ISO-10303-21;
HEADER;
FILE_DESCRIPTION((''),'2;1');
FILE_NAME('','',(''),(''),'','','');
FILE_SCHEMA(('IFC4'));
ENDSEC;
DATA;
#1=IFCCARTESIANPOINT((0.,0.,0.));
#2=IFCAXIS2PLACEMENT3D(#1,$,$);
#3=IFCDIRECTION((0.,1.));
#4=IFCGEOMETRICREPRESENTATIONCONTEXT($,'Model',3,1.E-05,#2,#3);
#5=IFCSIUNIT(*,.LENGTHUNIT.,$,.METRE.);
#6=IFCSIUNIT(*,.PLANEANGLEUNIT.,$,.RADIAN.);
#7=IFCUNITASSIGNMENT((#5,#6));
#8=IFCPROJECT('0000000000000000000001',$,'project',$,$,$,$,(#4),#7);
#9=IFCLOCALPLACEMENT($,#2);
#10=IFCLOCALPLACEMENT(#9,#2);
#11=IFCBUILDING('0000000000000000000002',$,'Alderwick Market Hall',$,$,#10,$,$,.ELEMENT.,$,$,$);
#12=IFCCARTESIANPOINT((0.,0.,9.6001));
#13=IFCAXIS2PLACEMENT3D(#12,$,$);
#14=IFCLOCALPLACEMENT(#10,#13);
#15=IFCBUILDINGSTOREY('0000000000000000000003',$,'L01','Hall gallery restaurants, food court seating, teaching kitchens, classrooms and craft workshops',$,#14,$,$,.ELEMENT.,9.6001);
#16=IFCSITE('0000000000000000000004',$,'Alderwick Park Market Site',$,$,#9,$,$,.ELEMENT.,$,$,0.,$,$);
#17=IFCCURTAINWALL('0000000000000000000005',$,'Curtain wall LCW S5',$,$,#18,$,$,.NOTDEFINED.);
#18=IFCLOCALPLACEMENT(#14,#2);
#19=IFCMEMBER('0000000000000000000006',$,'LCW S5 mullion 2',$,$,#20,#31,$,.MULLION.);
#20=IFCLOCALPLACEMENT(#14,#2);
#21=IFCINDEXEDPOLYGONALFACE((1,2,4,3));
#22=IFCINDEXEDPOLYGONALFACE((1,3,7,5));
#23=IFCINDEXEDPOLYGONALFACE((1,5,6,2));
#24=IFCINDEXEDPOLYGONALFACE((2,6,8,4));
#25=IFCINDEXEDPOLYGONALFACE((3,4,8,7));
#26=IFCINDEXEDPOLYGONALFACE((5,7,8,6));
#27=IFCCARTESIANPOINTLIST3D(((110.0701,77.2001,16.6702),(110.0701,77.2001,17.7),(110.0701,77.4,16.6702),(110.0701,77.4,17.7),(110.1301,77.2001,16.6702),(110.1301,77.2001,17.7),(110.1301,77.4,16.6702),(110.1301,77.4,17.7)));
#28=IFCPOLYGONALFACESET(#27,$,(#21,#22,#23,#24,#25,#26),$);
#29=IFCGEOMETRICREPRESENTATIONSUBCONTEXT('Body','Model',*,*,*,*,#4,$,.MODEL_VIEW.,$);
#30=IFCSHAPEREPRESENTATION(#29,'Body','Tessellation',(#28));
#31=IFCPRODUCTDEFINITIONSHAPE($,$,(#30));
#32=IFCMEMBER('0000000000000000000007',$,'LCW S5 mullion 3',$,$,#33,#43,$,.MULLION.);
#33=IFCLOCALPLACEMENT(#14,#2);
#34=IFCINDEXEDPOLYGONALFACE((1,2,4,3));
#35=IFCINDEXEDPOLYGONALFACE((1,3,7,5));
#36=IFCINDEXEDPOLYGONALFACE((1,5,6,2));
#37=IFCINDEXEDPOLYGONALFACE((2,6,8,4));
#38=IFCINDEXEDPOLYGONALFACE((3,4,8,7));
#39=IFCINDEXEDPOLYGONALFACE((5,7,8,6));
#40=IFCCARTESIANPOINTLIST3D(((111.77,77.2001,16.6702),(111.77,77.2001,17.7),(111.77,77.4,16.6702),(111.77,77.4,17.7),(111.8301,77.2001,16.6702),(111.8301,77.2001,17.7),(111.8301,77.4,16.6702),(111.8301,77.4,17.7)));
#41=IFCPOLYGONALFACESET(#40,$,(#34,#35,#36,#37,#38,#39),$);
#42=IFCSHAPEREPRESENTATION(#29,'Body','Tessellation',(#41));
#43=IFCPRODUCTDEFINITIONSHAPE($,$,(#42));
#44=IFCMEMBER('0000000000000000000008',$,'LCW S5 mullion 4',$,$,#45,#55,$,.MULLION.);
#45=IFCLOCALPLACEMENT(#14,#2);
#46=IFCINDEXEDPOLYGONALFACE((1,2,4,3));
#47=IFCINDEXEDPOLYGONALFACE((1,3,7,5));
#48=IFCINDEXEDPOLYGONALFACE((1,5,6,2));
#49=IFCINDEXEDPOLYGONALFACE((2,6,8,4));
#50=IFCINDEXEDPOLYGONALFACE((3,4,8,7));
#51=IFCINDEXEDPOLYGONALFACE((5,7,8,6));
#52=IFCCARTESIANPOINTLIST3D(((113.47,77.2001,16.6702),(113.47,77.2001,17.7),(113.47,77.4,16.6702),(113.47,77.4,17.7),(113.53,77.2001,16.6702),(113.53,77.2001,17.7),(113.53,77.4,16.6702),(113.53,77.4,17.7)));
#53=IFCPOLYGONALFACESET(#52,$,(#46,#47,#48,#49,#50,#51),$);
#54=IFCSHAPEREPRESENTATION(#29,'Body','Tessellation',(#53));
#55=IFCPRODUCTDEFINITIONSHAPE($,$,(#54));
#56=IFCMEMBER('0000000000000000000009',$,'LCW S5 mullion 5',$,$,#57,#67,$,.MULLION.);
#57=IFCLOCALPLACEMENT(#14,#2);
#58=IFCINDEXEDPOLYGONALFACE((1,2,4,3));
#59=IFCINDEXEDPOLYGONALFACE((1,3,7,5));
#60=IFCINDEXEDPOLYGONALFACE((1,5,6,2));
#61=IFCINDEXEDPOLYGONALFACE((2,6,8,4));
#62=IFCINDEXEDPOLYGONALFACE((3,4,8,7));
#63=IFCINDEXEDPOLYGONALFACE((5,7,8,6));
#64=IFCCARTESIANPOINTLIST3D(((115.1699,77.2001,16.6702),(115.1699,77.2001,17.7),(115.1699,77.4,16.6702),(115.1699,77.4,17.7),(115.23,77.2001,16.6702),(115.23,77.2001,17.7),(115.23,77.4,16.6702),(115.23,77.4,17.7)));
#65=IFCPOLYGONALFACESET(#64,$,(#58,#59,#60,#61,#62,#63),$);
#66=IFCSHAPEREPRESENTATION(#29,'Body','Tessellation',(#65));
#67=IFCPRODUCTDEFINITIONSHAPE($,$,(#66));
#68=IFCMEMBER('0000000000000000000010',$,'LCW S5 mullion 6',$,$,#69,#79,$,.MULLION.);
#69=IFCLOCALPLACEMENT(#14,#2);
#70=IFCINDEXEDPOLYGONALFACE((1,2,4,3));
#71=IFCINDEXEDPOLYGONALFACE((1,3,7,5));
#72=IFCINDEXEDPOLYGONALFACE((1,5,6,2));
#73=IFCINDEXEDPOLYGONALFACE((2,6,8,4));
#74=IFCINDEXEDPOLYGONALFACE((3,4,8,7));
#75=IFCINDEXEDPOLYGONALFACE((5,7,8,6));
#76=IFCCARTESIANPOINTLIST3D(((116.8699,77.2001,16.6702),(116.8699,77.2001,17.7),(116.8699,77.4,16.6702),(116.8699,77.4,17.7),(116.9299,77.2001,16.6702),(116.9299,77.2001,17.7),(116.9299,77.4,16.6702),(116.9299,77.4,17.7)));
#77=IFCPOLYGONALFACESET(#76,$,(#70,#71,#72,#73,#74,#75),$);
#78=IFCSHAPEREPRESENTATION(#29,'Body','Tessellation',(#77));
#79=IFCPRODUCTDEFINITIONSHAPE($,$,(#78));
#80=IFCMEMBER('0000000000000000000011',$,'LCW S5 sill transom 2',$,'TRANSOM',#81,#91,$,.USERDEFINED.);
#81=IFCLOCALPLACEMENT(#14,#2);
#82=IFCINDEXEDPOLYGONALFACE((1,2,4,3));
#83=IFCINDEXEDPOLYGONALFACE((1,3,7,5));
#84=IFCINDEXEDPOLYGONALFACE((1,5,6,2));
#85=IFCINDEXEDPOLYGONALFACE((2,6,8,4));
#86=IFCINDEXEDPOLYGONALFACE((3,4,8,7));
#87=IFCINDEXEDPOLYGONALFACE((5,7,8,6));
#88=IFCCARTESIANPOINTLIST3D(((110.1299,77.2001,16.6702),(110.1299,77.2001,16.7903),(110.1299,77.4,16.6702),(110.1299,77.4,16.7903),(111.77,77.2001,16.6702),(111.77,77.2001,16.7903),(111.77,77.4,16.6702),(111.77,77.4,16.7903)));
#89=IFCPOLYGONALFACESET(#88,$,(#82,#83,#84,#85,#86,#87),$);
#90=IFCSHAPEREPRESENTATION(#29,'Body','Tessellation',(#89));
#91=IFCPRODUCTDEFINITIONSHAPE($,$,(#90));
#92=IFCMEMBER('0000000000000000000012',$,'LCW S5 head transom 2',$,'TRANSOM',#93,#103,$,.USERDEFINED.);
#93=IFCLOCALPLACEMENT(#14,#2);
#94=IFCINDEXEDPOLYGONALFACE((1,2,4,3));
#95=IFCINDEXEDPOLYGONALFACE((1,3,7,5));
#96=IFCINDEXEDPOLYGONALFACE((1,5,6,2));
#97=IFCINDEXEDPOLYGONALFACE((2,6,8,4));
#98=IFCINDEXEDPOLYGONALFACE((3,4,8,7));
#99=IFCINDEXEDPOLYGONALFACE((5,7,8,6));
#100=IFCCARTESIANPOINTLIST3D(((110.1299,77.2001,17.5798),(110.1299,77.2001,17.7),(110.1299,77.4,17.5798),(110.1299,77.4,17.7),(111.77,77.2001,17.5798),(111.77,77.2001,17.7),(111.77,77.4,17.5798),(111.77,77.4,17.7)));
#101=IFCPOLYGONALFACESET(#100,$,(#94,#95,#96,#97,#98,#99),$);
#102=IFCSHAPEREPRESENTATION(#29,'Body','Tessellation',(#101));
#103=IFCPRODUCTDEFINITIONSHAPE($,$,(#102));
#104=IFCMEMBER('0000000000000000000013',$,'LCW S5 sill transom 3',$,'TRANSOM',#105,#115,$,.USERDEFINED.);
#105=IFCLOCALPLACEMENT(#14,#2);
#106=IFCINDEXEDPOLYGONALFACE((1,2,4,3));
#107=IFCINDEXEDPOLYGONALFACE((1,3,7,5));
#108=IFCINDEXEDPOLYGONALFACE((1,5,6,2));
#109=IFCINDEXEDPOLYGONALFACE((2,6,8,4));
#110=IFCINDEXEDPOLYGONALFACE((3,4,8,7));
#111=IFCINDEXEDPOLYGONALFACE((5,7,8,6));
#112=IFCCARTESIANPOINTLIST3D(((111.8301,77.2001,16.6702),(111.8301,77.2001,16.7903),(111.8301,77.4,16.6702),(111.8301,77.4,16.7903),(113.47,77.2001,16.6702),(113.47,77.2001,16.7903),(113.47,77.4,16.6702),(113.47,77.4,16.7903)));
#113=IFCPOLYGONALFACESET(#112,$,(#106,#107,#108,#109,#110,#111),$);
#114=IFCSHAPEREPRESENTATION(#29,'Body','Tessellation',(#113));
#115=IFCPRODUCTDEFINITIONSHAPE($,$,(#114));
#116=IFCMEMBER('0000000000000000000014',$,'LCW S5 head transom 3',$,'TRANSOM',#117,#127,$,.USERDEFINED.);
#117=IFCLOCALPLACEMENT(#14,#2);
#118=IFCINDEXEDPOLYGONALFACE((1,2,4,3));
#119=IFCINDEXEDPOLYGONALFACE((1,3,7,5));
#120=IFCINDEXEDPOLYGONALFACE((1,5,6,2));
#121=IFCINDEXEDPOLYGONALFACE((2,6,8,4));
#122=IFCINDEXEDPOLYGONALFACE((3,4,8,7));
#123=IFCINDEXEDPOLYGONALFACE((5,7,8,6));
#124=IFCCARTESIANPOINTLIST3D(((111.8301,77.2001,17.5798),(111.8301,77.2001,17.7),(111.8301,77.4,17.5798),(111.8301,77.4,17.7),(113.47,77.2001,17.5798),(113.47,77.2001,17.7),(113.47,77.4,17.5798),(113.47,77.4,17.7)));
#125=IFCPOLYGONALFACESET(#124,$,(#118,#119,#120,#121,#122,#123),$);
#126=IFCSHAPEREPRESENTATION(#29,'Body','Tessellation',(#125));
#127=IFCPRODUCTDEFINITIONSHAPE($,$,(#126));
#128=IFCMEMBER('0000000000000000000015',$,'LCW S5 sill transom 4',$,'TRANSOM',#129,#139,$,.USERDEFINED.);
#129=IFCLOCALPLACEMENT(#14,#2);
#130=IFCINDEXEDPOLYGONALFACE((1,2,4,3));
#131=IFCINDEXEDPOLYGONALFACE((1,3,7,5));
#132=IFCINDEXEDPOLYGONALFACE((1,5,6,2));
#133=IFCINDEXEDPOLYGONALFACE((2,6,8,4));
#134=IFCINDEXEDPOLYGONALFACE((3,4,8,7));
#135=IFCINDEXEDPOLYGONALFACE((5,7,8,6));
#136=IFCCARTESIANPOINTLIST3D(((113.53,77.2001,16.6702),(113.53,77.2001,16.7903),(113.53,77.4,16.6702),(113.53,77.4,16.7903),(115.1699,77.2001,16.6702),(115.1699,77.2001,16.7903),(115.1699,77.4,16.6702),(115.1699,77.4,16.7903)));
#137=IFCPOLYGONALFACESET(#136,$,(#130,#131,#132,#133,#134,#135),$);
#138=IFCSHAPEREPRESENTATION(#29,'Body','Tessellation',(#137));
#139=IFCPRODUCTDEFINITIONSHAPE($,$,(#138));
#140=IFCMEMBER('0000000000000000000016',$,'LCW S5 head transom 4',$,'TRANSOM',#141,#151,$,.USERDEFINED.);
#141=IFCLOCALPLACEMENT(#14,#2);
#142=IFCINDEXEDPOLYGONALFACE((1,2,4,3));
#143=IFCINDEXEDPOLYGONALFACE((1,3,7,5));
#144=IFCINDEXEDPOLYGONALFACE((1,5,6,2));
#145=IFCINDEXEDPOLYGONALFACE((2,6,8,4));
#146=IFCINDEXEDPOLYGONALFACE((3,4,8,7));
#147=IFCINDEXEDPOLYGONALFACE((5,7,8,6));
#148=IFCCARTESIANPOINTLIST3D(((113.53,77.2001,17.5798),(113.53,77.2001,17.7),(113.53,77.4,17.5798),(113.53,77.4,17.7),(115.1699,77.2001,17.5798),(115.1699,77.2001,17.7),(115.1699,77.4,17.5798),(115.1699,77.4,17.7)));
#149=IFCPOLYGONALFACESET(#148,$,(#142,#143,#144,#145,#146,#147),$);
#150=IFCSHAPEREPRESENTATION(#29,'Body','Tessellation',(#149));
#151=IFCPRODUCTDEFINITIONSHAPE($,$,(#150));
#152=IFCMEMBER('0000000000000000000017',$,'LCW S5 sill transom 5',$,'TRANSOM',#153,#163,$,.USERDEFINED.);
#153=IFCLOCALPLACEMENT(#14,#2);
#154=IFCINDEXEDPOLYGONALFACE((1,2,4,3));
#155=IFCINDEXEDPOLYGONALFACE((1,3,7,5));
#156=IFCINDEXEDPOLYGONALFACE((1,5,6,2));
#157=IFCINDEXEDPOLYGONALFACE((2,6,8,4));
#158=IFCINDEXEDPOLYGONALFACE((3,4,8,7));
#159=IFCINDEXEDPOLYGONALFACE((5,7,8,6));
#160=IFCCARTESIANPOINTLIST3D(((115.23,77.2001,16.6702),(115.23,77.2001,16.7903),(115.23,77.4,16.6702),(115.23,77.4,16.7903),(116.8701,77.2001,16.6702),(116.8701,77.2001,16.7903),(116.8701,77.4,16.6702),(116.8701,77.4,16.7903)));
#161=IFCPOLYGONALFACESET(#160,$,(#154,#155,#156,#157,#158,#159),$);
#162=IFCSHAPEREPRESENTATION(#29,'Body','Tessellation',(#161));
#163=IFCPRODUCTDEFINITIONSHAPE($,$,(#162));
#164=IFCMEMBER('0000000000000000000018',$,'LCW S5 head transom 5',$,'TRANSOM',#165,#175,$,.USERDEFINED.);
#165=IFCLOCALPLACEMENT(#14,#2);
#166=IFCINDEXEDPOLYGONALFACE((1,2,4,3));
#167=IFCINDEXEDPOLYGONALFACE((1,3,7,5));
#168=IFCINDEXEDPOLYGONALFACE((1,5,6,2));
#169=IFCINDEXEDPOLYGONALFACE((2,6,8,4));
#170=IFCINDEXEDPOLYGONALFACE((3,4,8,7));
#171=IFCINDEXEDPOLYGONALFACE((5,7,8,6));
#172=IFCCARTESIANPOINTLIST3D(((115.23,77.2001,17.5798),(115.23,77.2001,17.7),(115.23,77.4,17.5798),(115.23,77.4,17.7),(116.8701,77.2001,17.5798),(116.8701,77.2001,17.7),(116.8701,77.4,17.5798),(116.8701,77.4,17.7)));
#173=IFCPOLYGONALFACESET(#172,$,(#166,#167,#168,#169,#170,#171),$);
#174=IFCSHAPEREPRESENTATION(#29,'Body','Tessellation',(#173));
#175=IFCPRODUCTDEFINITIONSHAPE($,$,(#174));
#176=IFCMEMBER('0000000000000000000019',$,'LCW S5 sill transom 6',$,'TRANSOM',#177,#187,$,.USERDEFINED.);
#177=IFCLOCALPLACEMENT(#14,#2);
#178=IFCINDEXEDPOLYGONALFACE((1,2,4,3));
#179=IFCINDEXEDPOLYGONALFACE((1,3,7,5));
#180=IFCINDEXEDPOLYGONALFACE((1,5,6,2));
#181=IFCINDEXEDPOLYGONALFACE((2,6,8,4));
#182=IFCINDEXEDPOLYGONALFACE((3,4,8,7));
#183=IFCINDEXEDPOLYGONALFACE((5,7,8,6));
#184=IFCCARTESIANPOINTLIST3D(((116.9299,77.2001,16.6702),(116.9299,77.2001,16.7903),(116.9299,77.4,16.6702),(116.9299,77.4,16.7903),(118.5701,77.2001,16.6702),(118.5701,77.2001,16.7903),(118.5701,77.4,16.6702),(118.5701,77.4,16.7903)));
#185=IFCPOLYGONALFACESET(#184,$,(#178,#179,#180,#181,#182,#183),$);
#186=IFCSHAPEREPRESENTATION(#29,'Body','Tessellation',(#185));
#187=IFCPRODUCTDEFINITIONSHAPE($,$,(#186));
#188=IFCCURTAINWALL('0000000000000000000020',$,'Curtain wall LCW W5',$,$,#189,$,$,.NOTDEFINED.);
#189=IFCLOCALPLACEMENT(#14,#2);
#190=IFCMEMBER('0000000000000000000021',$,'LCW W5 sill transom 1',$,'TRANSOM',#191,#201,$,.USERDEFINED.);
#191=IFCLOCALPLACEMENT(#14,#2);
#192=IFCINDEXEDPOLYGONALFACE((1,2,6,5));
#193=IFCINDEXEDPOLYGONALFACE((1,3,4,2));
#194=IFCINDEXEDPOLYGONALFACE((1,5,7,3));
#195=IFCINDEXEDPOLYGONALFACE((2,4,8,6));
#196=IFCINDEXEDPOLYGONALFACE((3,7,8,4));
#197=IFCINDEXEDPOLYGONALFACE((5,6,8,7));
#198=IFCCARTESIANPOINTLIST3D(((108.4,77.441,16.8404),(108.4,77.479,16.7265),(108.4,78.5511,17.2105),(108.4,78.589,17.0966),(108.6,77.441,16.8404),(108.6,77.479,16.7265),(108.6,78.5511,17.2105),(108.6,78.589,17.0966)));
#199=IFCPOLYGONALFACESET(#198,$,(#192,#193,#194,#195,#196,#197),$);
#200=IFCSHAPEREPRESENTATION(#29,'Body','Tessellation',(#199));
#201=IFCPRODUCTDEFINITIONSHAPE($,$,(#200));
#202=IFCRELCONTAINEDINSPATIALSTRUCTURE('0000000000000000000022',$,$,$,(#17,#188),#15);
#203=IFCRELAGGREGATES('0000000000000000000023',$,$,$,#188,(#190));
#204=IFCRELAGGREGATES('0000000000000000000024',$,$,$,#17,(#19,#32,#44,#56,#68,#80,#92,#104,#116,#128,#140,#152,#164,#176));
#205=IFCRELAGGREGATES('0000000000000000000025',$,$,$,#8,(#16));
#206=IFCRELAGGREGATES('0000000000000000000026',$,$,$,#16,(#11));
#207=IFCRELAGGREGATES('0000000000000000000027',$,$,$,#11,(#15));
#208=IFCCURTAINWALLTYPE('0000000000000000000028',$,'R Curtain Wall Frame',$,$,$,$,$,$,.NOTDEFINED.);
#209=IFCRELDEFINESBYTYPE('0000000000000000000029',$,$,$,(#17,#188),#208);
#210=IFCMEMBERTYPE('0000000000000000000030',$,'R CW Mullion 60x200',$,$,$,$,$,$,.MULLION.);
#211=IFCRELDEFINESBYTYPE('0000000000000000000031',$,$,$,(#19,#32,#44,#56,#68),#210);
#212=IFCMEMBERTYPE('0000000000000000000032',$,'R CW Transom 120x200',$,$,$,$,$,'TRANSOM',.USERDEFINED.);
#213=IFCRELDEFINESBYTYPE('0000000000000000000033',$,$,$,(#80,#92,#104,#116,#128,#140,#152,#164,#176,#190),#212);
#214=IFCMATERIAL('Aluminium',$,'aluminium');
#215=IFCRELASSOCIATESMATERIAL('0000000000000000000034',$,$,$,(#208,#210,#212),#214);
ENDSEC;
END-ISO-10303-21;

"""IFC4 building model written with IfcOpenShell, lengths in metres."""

from ifc_helpers import new_model, si_unit, direction, frame, origin, origin_2d, place, context, subcontext, project, spatial, rectangle, extrude, material, material_profile, profile_set, type_object, element, aggregate, save


model = new_model("IFC4")

# Units and contexts
model_context = context("Model", 3, precision=1e-05, world=origin(), true_north=direction((0.0, 1.0)))
body_context = subcontext(model_context, "Body", "Model", "MODEL_VIEW")
ifc_project = project(units=[si_unit("LENGTHUNIT", "METRE"), si_unit("PLANEANGLEUNIT", "RADIAN")], contexts=[model_context])

# Site, building, storey
site_placement = place(None, origin())
site = spatial("IfcSite", under=ifc_project, at=site_placement, Name="Alderwick Park Market Site", CompositionType="ELEMENT", RefElevation=0.0)
building_placement = place(site_placement, origin())
building = spatial("IfcBuilding", under=site, at=building_placement, Name="Alderwick Market Hall", CompositionType="ELEMENT")
storey_placement = place(building_placement, frame((0.0, 0.0, 9.6001)))
storey = spatial("IfcBuildingStorey", under=building, at=storey_placement, Name="L01", Description="Hall gallery restaurants, food court seating, teaching kitchens, classrooms and craft workshops", CompositionType="ELEMENT", Elevation=9.6001)

# Curtain walls, members
ifc_material_1 = material(Name="Aluminium", Category="aluminium")
curtain_wall_type = type_object("IfcCurtainWallType", Name="R Curtain Wall Frame", PredefinedType="NOTDEFINED", material=ifc_material_1)
curtain_wall_1_placement = place(storey_placement, origin())
curtain_wall_1 = element("IfcCurtainWall", 1, at=curtain_wall_1_placement, inside=storey, type_object=curtain_wall_type, Name="Curtain wall LCW S5", PredefinedType="NOTDEFINED")
ifc_material_profile_1 = material_profile(ifc_material_1, rectangle(XDim=0.2, YDim=0.0601, at=origin_2d()), Name="AL 60x200")
ifc_profile_set_1 = profile_set([ifc_material_profile_1], Name="Aluminium")
member_type_1 = type_object("IfcMemberType", Name="R CW Mullion 60x200", PredefinedType="MULLION", material=ifc_profile_set_1)
member_1_placement = place(storey_placement, frame((110.1001, 77.3, 16.6702), z_axis=(0.0, 0.0, 1.0), x_axis=(0.0, 1.0, 0.0)))
member_1 = element("IfcMember", 2, at=member_1_placement, type_object=member_type_1, Name="LCW S5 mullion 2", PredefinedType="MULLION", context=body_context, shape_type="SweptSolid", body=[
    extrude(rectangle(XDim=0.2, YDim=0.0601, at=origin_2d()), origin(), (0.0, 0.0, 1.0), 1.0298),
])
member_2_placement = place(storey_placement, frame((111.8, 77.3, 16.6702), z_axis=(0.0, 0.0, 1.0), x_axis=(0.0, 1.0, 0.0)))
member_2 = element("IfcMember", 3, at=member_2_placement, type_object=member_type_1, Name="LCW S5 mullion 3", PredefinedType="MULLION", context=body_context, shape_type="SweptSolid", body=[
    extrude(rectangle(XDim=0.2, YDim=0.0601, at=origin_2d()), origin(), (0.0, 0.0, 1.0), 1.0298),
])
member_3_placement = place(storey_placement, frame((113.5, 77.3, 16.6702), z_axis=(0.0, 0.0, 1.0), x_axis=(0.0, 1.0, 0.0)))
member_3 = element("IfcMember", 4, at=member_3_placement, type_object=member_type_1, Name="LCW S5 mullion 4", PredefinedType="MULLION", context=body_context, shape_type="SweptSolid", body=[
    extrude(rectangle(XDim=0.2, YDim=0.0601, at=origin_2d()), origin(), (0.0, 0.0, 1.0), 1.0298),
])
member_4_placement = place(storey_placement, frame((115.2, 77.3, 16.6702), z_axis=(0.0, 0.0, 1.0), x_axis=(0.0, 1.0, 0.0)))
member_4 = element("IfcMember", 5, at=member_4_placement, type_object=member_type_1, Name="LCW S5 mullion 5", PredefinedType="MULLION", context=body_context, shape_type="SweptSolid", body=[
    extrude(rectangle(XDim=0.2, YDim=0.0601, at=origin_2d()), origin(), (0.0, 0.0, 1.0), 1.0298),
])
member_5_placement = place(storey_placement, frame((116.8999, 77.3, 16.6702), z_axis=(0.0, 0.0, 1.0), x_axis=(0.0, 1.0, 0.0)))
member_5 = element("IfcMember", 6, at=member_5_placement, type_object=member_type_1, Name="LCW S5 mullion 6", PredefinedType="MULLION", context=body_context, shape_type="SweptSolid", body=[
    extrude(rectangle(XDim=0.2, YDim=0.0601, at=origin_2d()), origin(), (0.0, 0.0, 1.0), 1.0298),
])
ifc_material_profile_2 = material_profile(ifc_material_1, rectangle(XDim=0.2, YDim=0.1201, at=origin_2d()), Name="AL 120x200")
ifc_profile_set_2 = profile_set([ifc_material_profile_2], Name="Aluminium")
member_type_2 = type_object("IfcMemberType", Name="R CW Transom 120x200", ElementType="TRANSOM", PredefinedType="USERDEFINED", material=ifc_profile_set_2)
member_6_placement = place(storey_placement, frame((110.1299, 77.3, 16.7302), z_axis=(1.0, 0.0, 0.0), x_axis=(0.0, 1.0, 0.0)))
member_6 = element("IfcMember", 7, at=member_6_placement, type_object=member_type_2, Name="LCW S5 sill transom 2", ObjectType="TRANSOM", PredefinedType="USERDEFINED", context=body_context, shape_type="SweptSolid", body=[
    extrude(rectangle(XDim=0.2, YDim=0.1201, at=origin_2d()), origin(), (0.0, 0.0, 1.0), 1.6401),
])
member_7_placement = place(storey_placement, frame((110.1299, 77.3, 17.6399), z_axis=(1.0, 0.0, 0.0), x_axis=(0.0, 1.0, 0.0)))
member_7 = element("IfcMember", 8, at=member_7_placement, type_object=member_type_2, Name="LCW S5 head transom 2", ObjectType="TRANSOM", PredefinedType="USERDEFINED", context=body_context, shape_type="SweptSolid", body=[
    extrude(rectangle(XDim=0.2, YDim=0.1201, at=origin_2d()), origin(), (0.0, 0.0, 1.0), 1.6401),
])
member_8_placement = place(storey_placement, frame((111.8301, 77.3, 16.7302), z_axis=(1.0, 0.0, 0.0), x_axis=(0.0, 1.0, 0.0)))
member_8 = element("IfcMember", 9, at=member_8_placement, type_object=member_type_2, Name="LCW S5 sill transom 3", ObjectType="TRANSOM", PredefinedType="USERDEFINED", context=body_context, shape_type="SweptSolid", body=[
    extrude(rectangle(XDim=0.2, YDim=0.1201, at=origin_2d()), origin(), (0.0, 0.0, 1.0), 1.6399),
])
member_9_placement = place(storey_placement, frame((111.8301, 77.3, 17.6399), z_axis=(1.0, 0.0, 0.0), x_axis=(0.0, 1.0, 0.0)))
member_9 = element("IfcMember", 10, at=member_9_placement, type_object=member_type_2, Name="LCW S5 head transom 3", ObjectType="TRANSOM", PredefinedType="USERDEFINED", context=body_context, shape_type="SweptSolid", body=[
    extrude(rectangle(XDim=0.2, YDim=0.1201, at=origin_2d()), origin(), (0.0, 0.0, 1.0), 1.6399),
])
member_10_placement = place(storey_placement, frame((113.53, 77.3, 16.7302), z_axis=(1.0, 0.0, 0.0), x_axis=(0.0, 1.0, 0.0)))
member_10 = element("IfcMember", 11, at=member_10_placement, type_object=member_type_2, Name="LCW S5 sill transom 4", ObjectType="TRANSOM", PredefinedType="USERDEFINED", context=body_context, shape_type="SweptSolid", body=[
    extrude(rectangle(XDim=0.2, YDim=0.1201, at=origin_2d()), origin(), (0.0, 0.0, 1.0), 1.6399),
])
member_11_placement = place(storey_placement, frame((113.53, 77.3, 17.6399), z_axis=(1.0, 0.0, 0.0), x_axis=(0.0, 1.0, 0.0)))
member_11 = element("IfcMember", 12, at=member_11_placement, type_object=member_type_2, Name="LCW S5 head transom 4", ObjectType="TRANSOM", PredefinedType="USERDEFINED", context=body_context, shape_type="SweptSolid", body=[
    extrude(rectangle(XDim=0.2, YDim=0.1201, at=origin_2d()), origin(), (0.0, 0.0, 1.0), 1.6399),
])
member_12_placement = place(storey_placement, frame((115.23, 77.3, 16.7302), z_axis=(1.0, 0.0, 0.0), x_axis=(0.0, 1.0, 0.0)))
member_12 = element("IfcMember", 13, at=member_12_placement, type_object=member_type_2, Name="LCW S5 sill transom 5", ObjectType="TRANSOM", PredefinedType="USERDEFINED", context=body_context, shape_type="SweptSolid", body=[
    extrude(rectangle(XDim=0.2, YDim=0.1201, at=origin_2d()), origin(), (0.0, 0.0, 1.0), 1.6401),
])
member_13_placement = place(storey_placement, frame((115.23, 77.3, 17.6399), z_axis=(1.0, 0.0, 0.0), x_axis=(0.0, 1.0, 0.0)))
member_13 = element("IfcMember", 14, at=member_13_placement, type_object=member_type_2, Name="LCW S5 head transom 5", ObjectType="TRANSOM", PredefinedType="USERDEFINED", context=body_context, shape_type="SweptSolid", body=[
    extrude(rectangle(XDim=0.2, YDim=0.1201, at=origin_2d()), origin(), (0.0, 0.0, 1.0), 1.6401),
])
member_14_placement = place(storey_placement, frame((116.9299, 77.3, 16.7302), z_axis=(1.0, 0.0, 0.0), x_axis=(0.0, 1.0, 0.0)))
member_14 = element("IfcMember", 15, at=member_14_placement, type_object=member_type_2, Name="LCW S5 sill transom 6", ObjectType="TRANSOM", PredefinedType="USERDEFINED", context=body_context, shape_type="SweptSolid", body=[
    extrude(rectangle(XDim=0.2, YDim=0.1201, at=origin_2d()), origin(), (0.0, 0.0, 1.0), 1.6401),
])
curtain_wall_2_placement = place(storey_placement, origin())
curtain_wall_2 = element("IfcCurtainWall", 16, at=curtain_wall_2_placement, inside=storey, type_object=curtain_wall_type, Name="Curtain wall LCW W5", PredefinedType="NOTDEFINED")
member_15_placement = place(storey_placement, frame((108.5, 77.46, 16.7834), z_axis=(0.0, 0.948662, 0.31629), x_axis=(-1.0, 0.0, 0.0)))
member_15 = element("IfcMember", 17, at=member_15_placement, type_object=member_type_2, Name="LCW W5 sill transom 1", ObjectType="TRANSOM", PredefinedType="USERDEFINED", context=body_context, shape_type="SweptSolid", body=[
    extrude(rectangle(XDim=0.2, YDim=0.1201, at=origin_2d()), origin(), (0.0, 0.0, 1.0), 1.1702),
])
aggregate(curtain_wall_2, [member_15])

aggregate(curtain_wall_1, [member_1, member_2, member_3, member_4, member_5, member_6, member_7, member_8, member_9, member_10, member_11, member_12, member_13, member_14])

save(model, "model.ifc")
